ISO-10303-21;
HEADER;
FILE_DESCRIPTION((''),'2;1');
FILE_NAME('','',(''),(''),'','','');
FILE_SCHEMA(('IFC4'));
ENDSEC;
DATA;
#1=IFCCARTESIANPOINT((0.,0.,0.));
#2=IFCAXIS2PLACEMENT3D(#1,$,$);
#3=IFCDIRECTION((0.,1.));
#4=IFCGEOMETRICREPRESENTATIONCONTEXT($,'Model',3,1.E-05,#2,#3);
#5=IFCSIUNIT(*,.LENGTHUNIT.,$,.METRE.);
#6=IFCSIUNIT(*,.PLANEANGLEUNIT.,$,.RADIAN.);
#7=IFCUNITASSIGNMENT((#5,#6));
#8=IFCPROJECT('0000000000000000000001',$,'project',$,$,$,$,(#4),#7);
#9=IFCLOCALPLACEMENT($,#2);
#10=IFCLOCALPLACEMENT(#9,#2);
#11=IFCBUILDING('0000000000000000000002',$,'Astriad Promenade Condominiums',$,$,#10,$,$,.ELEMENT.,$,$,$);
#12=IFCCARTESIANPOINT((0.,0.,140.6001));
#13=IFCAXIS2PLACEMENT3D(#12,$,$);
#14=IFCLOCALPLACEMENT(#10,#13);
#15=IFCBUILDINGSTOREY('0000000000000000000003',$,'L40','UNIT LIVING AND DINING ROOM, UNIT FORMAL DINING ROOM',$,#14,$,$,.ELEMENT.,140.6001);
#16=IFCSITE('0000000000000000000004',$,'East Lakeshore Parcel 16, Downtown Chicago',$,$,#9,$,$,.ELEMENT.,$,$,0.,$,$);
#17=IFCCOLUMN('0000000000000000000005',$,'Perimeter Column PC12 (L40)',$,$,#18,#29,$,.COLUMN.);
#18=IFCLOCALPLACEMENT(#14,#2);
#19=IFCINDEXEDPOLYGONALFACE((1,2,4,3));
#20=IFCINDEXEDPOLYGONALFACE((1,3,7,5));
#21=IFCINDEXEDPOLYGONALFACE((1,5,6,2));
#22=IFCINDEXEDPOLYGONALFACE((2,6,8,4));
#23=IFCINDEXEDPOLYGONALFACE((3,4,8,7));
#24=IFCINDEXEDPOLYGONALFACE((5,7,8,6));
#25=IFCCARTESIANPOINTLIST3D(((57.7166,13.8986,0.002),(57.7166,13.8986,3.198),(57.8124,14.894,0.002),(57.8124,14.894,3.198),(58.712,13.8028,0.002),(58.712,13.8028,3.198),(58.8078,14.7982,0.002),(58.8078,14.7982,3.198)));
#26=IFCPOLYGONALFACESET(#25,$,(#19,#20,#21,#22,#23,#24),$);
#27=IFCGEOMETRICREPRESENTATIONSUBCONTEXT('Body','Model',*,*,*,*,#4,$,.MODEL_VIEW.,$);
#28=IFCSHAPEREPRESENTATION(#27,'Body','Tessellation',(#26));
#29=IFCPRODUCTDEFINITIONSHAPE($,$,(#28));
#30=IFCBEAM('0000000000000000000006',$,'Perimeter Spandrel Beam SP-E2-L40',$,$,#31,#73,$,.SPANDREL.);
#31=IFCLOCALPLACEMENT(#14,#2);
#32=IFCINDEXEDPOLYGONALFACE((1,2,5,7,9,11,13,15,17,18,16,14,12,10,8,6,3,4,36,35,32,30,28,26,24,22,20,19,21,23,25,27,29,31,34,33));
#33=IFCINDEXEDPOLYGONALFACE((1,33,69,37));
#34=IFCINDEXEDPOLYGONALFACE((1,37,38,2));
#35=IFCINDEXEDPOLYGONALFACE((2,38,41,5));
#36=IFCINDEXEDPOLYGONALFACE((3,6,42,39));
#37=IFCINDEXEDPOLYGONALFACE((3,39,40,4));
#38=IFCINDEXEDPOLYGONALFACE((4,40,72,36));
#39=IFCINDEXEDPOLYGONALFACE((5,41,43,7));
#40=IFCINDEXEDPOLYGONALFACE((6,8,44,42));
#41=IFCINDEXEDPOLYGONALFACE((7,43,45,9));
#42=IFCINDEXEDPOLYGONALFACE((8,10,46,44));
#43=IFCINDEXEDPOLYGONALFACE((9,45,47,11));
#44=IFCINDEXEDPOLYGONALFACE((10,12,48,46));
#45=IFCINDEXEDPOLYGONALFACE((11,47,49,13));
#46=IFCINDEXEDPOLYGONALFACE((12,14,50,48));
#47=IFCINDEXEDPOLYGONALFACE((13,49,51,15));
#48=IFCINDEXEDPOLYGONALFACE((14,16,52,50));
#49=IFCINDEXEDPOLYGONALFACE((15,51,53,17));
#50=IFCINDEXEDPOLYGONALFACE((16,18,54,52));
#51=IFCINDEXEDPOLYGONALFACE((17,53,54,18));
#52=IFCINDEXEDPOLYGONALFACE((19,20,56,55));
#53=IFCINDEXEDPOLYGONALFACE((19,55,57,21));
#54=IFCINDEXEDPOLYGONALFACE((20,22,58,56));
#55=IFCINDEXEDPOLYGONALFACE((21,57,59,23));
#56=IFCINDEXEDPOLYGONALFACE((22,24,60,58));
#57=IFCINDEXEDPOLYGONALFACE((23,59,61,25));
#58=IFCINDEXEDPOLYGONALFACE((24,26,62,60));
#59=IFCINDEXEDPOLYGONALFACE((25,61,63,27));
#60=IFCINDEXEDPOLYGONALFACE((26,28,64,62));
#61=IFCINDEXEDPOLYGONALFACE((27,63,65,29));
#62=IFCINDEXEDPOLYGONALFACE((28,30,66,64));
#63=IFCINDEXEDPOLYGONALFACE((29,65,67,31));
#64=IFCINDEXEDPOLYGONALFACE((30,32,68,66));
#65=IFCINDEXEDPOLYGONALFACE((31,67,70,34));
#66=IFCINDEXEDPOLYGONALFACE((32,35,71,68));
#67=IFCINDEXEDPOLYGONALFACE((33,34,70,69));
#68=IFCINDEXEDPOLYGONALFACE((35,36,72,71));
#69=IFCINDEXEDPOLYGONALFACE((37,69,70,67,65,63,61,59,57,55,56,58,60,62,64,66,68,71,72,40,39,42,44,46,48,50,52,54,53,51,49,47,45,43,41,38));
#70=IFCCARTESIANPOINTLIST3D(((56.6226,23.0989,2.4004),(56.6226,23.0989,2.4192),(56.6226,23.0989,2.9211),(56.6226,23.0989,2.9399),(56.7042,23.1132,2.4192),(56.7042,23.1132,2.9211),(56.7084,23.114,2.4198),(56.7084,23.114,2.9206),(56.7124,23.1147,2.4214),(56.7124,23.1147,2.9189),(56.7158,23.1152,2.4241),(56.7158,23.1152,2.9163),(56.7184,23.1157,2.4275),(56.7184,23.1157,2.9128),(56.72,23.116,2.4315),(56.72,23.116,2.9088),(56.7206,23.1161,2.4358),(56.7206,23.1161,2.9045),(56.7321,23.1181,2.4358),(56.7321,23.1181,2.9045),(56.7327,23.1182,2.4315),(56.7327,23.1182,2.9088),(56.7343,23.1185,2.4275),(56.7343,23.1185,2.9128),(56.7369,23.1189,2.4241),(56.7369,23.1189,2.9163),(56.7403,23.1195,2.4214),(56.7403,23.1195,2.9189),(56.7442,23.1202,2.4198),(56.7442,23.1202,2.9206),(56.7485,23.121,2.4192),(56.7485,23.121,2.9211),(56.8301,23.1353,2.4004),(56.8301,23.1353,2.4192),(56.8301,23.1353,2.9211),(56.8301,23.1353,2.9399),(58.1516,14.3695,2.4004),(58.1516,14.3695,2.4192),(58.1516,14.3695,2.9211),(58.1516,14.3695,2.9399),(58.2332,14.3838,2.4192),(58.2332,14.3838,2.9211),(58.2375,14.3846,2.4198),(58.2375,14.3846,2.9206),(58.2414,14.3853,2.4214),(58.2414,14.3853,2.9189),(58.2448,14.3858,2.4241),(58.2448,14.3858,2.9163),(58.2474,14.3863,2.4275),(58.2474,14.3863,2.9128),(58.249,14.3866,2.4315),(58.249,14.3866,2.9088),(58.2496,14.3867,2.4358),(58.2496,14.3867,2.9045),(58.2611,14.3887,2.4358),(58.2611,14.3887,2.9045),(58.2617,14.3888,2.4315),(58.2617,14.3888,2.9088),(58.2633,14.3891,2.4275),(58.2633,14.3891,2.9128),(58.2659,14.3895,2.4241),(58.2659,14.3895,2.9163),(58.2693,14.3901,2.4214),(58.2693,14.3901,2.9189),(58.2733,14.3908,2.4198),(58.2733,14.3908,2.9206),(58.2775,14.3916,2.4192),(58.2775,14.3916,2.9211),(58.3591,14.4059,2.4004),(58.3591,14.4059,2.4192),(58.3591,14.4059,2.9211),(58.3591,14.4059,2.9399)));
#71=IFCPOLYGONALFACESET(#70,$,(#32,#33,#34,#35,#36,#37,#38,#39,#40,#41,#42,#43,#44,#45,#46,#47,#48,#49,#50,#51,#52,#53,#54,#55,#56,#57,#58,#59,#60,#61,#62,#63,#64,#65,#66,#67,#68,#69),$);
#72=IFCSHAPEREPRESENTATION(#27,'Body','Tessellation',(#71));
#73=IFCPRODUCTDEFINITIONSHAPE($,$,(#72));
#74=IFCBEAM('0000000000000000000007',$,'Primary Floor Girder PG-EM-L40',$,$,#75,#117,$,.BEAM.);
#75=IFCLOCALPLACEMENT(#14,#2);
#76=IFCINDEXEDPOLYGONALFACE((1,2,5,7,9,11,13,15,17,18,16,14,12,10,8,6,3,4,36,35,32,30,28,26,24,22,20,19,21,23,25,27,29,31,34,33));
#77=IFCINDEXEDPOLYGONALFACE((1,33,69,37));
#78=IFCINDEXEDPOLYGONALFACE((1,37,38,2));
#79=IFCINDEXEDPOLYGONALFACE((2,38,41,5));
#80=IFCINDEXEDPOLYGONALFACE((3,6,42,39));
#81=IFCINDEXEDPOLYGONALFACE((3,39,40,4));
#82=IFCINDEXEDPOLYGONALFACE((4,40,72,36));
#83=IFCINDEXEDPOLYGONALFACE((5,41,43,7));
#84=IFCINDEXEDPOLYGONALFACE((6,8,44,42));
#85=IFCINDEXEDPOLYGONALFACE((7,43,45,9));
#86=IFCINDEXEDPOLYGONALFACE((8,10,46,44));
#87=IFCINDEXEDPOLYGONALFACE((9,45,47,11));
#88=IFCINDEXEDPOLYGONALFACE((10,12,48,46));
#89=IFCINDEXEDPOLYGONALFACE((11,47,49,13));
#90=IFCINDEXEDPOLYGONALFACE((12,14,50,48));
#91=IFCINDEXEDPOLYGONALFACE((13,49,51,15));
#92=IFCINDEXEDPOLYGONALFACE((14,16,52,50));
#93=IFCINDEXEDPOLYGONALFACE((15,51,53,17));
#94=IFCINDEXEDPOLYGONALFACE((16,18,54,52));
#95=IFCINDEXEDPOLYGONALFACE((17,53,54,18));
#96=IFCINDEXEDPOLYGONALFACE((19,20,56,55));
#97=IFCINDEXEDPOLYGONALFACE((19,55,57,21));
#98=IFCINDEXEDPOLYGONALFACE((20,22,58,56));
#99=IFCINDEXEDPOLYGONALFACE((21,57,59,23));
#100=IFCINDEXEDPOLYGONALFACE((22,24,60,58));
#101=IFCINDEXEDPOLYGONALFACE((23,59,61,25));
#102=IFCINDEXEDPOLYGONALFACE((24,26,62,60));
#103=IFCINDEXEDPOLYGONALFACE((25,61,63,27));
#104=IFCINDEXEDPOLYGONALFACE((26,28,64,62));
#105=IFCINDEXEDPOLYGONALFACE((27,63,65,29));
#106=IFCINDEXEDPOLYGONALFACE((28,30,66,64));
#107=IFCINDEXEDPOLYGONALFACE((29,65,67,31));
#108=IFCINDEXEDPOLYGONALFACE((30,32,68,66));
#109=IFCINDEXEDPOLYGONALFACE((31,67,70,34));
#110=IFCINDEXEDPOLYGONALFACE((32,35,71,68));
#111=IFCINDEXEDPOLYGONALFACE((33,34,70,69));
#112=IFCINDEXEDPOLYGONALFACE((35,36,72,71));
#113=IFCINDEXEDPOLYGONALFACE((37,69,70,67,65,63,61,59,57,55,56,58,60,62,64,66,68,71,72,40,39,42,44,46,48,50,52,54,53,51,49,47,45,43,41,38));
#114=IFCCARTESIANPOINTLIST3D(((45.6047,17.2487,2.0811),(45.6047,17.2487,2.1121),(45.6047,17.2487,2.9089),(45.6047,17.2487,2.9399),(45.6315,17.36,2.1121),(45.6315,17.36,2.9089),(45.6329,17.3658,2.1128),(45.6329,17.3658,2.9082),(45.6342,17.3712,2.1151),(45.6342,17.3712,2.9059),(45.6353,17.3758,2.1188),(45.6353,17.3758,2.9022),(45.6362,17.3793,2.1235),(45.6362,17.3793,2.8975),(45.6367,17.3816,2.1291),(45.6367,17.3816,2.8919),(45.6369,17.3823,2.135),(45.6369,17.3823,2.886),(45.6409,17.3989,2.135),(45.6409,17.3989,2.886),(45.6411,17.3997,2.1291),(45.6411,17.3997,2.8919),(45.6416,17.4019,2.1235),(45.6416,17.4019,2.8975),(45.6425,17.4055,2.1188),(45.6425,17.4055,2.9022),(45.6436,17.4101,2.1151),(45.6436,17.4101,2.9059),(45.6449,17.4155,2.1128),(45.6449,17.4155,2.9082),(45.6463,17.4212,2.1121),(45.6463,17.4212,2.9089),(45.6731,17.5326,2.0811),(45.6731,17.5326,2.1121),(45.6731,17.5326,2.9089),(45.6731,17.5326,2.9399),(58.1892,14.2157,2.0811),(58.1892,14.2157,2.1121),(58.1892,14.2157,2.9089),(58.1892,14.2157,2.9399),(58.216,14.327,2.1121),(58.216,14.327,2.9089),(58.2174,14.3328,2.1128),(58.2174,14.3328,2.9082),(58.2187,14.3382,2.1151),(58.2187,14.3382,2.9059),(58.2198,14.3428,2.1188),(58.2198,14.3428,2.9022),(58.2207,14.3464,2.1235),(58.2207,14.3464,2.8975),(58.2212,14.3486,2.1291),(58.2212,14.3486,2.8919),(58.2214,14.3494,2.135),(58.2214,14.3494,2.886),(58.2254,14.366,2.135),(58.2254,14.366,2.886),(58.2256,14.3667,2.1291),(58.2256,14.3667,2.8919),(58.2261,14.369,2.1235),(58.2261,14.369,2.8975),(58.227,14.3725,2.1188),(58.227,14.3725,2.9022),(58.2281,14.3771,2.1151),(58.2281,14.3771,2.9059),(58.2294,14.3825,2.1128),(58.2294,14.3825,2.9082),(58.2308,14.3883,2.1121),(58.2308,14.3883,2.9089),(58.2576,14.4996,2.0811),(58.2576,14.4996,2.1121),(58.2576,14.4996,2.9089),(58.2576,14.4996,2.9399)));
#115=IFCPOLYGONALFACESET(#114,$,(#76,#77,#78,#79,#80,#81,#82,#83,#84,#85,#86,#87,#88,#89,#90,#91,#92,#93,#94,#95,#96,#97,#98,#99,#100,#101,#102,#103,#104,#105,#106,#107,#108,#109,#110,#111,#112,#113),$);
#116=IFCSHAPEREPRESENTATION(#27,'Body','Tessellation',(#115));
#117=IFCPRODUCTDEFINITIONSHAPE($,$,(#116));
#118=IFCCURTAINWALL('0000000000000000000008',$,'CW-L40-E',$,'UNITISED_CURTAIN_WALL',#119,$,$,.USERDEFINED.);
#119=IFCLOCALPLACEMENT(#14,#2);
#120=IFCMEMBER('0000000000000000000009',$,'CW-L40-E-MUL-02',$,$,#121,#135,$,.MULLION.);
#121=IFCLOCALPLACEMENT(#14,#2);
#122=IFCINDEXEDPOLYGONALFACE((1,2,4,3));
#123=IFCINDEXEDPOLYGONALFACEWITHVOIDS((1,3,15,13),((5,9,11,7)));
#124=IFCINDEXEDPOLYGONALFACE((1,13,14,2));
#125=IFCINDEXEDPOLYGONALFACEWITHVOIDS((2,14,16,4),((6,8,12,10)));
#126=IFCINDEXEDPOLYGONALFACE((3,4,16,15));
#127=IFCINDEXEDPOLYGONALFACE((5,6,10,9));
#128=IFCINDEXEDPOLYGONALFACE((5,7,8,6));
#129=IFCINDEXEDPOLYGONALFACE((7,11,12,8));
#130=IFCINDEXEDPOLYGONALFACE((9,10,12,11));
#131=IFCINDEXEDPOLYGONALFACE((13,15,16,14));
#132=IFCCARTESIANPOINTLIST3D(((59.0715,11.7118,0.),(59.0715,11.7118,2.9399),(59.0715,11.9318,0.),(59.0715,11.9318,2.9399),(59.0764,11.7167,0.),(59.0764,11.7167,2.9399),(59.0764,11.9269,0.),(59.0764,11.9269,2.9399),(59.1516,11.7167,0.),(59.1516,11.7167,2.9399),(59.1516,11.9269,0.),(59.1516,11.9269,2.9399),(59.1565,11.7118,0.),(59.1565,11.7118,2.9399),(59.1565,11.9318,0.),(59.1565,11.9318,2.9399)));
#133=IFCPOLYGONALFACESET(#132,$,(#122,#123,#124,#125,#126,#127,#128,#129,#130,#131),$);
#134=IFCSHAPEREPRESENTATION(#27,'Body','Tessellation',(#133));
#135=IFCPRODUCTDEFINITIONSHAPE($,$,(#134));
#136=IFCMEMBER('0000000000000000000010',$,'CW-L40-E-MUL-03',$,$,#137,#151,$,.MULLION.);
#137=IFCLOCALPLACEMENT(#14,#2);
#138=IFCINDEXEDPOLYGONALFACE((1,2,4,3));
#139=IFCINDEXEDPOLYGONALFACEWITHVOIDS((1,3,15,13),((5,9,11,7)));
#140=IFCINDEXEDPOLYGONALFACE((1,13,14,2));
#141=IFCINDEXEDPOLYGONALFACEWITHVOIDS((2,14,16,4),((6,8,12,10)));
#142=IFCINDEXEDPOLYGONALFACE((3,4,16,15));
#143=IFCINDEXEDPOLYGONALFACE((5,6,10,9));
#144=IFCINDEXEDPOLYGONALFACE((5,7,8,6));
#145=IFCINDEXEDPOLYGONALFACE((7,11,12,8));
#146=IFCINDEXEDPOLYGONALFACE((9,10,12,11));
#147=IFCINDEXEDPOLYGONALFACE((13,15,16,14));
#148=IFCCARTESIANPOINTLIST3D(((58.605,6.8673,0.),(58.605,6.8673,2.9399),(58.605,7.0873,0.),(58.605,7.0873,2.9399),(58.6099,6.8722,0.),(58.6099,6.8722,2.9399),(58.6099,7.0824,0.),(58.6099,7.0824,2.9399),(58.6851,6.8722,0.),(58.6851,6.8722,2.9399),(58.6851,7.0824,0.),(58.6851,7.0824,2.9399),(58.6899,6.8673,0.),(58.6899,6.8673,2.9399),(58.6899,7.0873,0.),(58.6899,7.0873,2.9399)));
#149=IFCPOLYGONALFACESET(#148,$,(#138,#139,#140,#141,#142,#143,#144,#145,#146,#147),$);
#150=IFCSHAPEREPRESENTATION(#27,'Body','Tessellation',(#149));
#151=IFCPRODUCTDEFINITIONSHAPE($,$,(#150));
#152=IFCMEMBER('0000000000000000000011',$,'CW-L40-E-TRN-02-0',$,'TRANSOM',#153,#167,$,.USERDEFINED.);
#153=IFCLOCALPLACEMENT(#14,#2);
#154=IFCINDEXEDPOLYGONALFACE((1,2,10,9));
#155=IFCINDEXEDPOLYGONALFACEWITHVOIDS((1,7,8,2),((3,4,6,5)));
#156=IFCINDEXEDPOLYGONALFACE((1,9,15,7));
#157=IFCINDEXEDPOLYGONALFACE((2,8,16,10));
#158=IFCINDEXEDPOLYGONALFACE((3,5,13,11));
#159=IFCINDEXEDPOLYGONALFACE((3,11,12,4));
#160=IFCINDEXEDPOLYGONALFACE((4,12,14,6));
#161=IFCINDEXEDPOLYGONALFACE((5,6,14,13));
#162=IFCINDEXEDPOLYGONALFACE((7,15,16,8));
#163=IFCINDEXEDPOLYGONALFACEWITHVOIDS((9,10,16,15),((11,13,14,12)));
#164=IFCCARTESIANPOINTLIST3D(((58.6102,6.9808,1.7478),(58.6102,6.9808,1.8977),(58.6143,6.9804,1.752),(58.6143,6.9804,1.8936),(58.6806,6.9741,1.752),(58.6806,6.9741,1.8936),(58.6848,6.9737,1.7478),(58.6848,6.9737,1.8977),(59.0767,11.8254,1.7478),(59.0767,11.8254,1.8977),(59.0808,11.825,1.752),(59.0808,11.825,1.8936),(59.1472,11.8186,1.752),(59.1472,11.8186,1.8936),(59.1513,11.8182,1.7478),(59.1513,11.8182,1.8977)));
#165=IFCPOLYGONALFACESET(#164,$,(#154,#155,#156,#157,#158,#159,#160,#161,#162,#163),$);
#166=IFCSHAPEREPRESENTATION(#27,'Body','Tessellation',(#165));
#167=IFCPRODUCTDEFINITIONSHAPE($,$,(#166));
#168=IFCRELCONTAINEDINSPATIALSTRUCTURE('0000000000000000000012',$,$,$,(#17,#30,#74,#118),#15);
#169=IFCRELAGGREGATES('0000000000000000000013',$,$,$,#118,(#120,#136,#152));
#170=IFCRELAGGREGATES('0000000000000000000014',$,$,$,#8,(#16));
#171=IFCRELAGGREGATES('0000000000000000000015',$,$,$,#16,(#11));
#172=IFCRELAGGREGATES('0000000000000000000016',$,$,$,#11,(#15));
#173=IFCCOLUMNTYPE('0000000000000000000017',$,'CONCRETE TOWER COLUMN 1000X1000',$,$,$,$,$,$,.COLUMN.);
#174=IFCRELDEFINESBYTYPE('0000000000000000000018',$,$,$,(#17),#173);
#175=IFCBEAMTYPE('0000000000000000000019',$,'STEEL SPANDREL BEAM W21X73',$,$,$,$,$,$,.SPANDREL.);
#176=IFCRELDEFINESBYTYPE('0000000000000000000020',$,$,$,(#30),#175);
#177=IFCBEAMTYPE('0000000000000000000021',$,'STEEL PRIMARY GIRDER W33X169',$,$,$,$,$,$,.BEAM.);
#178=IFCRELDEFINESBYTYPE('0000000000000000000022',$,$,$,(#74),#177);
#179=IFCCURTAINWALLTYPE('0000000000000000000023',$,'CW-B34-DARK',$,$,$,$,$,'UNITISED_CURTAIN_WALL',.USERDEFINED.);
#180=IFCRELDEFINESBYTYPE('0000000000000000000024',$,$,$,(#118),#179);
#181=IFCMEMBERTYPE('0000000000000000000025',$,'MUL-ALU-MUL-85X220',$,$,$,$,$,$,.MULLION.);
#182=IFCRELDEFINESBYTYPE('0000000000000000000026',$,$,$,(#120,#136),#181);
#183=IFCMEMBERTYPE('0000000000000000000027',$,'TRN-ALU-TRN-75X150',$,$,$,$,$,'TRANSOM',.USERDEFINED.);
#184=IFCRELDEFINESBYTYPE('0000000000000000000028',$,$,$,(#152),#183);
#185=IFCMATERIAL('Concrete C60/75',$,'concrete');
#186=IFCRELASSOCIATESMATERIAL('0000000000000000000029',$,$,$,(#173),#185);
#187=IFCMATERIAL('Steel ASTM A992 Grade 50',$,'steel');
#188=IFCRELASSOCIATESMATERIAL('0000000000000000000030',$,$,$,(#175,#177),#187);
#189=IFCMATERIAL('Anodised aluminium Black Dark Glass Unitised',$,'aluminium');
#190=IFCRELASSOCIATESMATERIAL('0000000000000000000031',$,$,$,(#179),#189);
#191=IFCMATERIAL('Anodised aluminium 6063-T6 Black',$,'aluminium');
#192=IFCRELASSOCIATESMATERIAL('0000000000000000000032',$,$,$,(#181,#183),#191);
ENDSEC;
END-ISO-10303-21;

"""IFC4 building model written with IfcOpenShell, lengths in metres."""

from ifc_helpers import new_model, si_unit, direction, frame, origin, origin_2d, place, context, subcontext, project, spatial, rectangle, hollow_rectangle, i_section, extrude, source, transform, mapped, material, material_profile, profile_set, type_object, type_shapes, element, aggregate, save


model = new_model("IFC4")

# Units and contexts
model_context = context("Model", 3, precision=1e-05, world=origin(), true_north=direction((0.0, 1.0)))
body_context = subcontext(model_context, "Body", "Model", "MODEL_VIEW")
ifc_project = project(units=[si_unit("LENGTHUNIT", "METRE"), si_unit("PLANEANGLEUNIT", "RADIAN")], contexts=[model_context])

# Site, building, storey
site_placement = place(None, origin())
site = spatial("IfcSite", under=ifc_project, at=site_placement, Name="East Lakeshore Parcel 16, Downtown Chicago", CompositionType="ELEMENT", RefElevation=0.0)
building_placement = place(site_placement, origin())
building = spatial("IfcBuilding", under=site, at=building_placement, Name="Astriad Promenade Condominiums", CompositionType="ELEMENT")
storey_placement = place(building_placement, frame((0.0, 0.0, 140.6001)))
storey = spatial("IfcBuildingStorey", under=building, at=storey_placement, Name="L40", Description="UNIT LIVING AND DINING ROOM, UNIT FORMAL DINING ROOM", CompositionType="ELEMENT", Elevation=140.6001)

# Column
ifc_material_1 = material(Name="Concrete C60/75", Category="concrete")
ifc_material_profile_1 = material_profile(ifc_material_1, rectangle(XDim=1.0, YDim=1.0, at=origin_2d()), Name="RC-COL-1000X1000")
ifc_profile_set_1 = profile_set([ifc_material_profile_1], Name="Concrete C60/75")
column_type = type_object("IfcColumnType", Name="CONCRETE TOWER COLUMN 1000X1000", PredefinedType="COLUMN", material=ifc_profile_set_1)
shared_shape_1 = source(origin(), body_context, "Body", "SweptSolid", [
    extrude(rectangle(XDim=1.0, YDim=1.0, at=origin_2d()), origin(), (0.0, 0.0, 1.0), 3.196),
])
type_shapes(column_type, [shared_shape_1])
column_placement = place(storey_placement, frame((58.2622, 14.3484, 0.002), z_axis=(0.0, 0.0, 1.0), x_axis=(0.995396, -0.095846, 0.0)))
element("IfcColumn", 1, at=column_placement, inside=storey, type_object=column_type, Name="Perimeter Column PC12 (L40)", PredefinedType="COLUMN", context=body_context, shape_type="MappedRepresentation", body=[
    mapped(shared_shape_1, transform((0.0, 0.0, 0.0), scale=1.0)),
])

# Beams
ifc_material_2 = material(Name="Steel ASTM A992 Grade 50", Category="steel")
ifc_material_profile_2 = material_profile(ifc_material_2, i_section(OverallWidth=0.2107, OverallDepth=0.5396, WebThickness=0.0117, FlangeThickness=0.0188, FilletRadius=0.0166, at=origin_2d()), Name="W21X73")
ifc_profile_set_2 = profile_set([ifc_material_profile_2], Name="Steel ASTM A992 Grade 50")
beam_type_1 = type_object("IfcBeamType", Name="STEEL SPANDREL BEAM W21X73", PredefinedType="SPANDREL", material=ifc_profile_set_2)
shared_shape_2 = source(origin(), body_context, "Body", "SweptSolid", [
    extrude(i_section(OverallWidth=0.2107, OverallDepth=0.5396, WebThickness=0.0117, FlangeThickness=0.0188, FilletRadius=0.0166, at=origin_2d()), origin(), (0.0, 0.0, 1.0), 8.8623),
])
type_shapes(beam_type_1, [shared_shape_2])
beam_1_placement = place(storey_placement, frame((58.2554, 14.3877, 2.6702), z_axis=(-0.172533, 0.985004, 0.0), x_axis=(-0.985004, -0.172533, 0.0)))
element("IfcBeam", 2, at=beam_1_placement, inside=storey, type_object=beam_type_1, Name="Perimeter Spandrel Beam SP-E2-L40", PredefinedType="SPANDREL", context=body_context, shape_type="MappedRepresentation", body=[
    mapped(shared_shape_2, transform((0.0, 0.0, 0.0), scale=1.0)),
])
ifc_material_profile_3 = material_profile(ifc_material_2, i_section(OverallWidth=0.292, OverallDepth=0.8589, WebThickness=0.0171, FlangeThickness=0.031, FilletRadius=0.0229, at=origin_2d()), Name="W33X169")
ifc_profile_set_3 = profile_set([ifc_material_profile_3], Name="Steel ASTM A992 Grade 50")
beam_type_2 = type_object("IfcBeamType", Name="STEEL PRIMARY GIRDER W33X169", PredefinedType="BEAM", material=ifc_profile_set_3)
shared_shape_3 = source(origin(), body_context, "Body", "SweptSolid", [
    extrude(i_section(OverallWidth=0.292, OverallDepth=0.8589, WebThickness=0.0171, FlangeThickness=0.031, FilletRadius=0.0229, at=origin_2d()), origin(), (0.0, 0.0, 1.0), 12.9448),
])
type_shapes(beam_type_2, [shared_shape_3])
beam_2_placement = place(storey_placement, frame((58.2234, 14.3577, 2.5105), z_axis=(-0.972164, 0.234299, 0.0), x_axis=(-0.234299, -0.972164, 0.0)))
element("IfcBeam", 3, at=beam_2_placement, inside=storey, type_object=beam_type_2, Name="Primary Floor Girder PG-EM-L40", PredefinedType="BEAM", context=body_context, shape_type="MappedRepresentation", body=[
    mapped(shared_shape_3, transform((0.0, 0.0, 0.0), scale=1.0)),
])

# Curtain wall, members
ifc_material_3 = material(Name="Anodised aluminium Black Dark Glass Unitised", Category="aluminium")
curtain_wall_type = type_object("IfcCurtainWallType", Name="CW-B34-DARK", ElementType="UNITISED_CURTAIN_WALL", PredefinedType="USERDEFINED", material=ifc_material_3)
curtain_wall_placement = place(storey_placement, origin())
curtain_wall = element("IfcCurtainWall", 4, at=curtain_wall_placement, inside=storey, type_object=curtain_wall_type, Name="CW-L40-E", ObjectType="UNITISED_CURTAIN_WALL", PredefinedType="USERDEFINED")
ifc_material_4 = material(Name="Anodised aluminium 6063-T6 Black", Category="aluminium")
ifc_material_profile_4 = material_profile(ifc_material_4, hollow_rectangle(XDim=0.085, YDim=0.22, WallThickness=0.0049, at=origin_2d()), Name="ALU-MUL-85X220")
ifc_profile_set_4 = profile_set([ifc_material_profile_4], Name="Anodised aluminium 6063-T6 Black")
member_type_1 = type_object("IfcMemberType", Name="MUL-ALU-MUL-85X220", PredefinedType="MULLION", material=ifc_profile_set_4)
shared_shape_4 = source(origin(), body_context, "Body", "SweptSolid", [
    extrude(hollow_rectangle(XDim=0.085, YDim=0.22, WallThickness=0.0049, at=origin_2d()), origin(), (0.0, 0.0, 1.0), 2.9399),
])
type_shapes(member_type_1, [shared_shape_4])
member_1_placement = place(storey_placement, frame((59.114, 11.8218, 0.0), z_axis=(0.0, 0.0, 1.0), x_axis=(1.0, 0.0, 0.0)))
member_1 = element("IfcMember", 5, at=member_1_placement, type_object=member_type_1, Name="CW-L40-E-MUL-02", PredefinedType="MULLION", context=body_context, shape_type="MappedRepresentation", body=[
    mapped(shared_shape_4, transform((0.0, 0.0, 0.0), scale=1.0)),
])
member_2_placement = place(storey_placement, frame((58.6475, 6.9773, 0.0), z_axis=(0.0, 0.0, 1.0), x_axis=(1.0, 0.0, 0.0)))
member_2 = element("IfcMember", 6, at=member_2_placement, type_object=member_type_1, Name="CW-L40-E-MUL-03", PredefinedType="MULLION", context=body_context, shape_type="MappedRepresentation", body=[
    mapped(shared_shape_4, transform((0.0, 0.0, 0.0), scale=1.0)),
])
ifc_material_profile_5 = material_profile(ifc_material_4, hollow_rectangle(XDim=0.075, YDim=0.1499, WallThickness=0.0042, at=origin_2d()), Name="ALU-TRN-75X150")
ifc_profile_set_5 = profile_set([ifc_material_profile_5], Name="Anodised aluminium 6063-T6 Black")
member_type_2 = type_object("IfcMemberType", Name="TRN-ALU-TRN-75X150", ElementType="TRANSOM", PredefinedType="USERDEFINED", material=ifc_profile_set_5)
shared_shape_5 = source(origin(), body_context, "Body", "SweptSolid", [
    extrude(hollow_rectangle(XDim=0.075, YDim=0.1499, WallThickness=0.0042, at=origin_2d()), origin(), (0.0, 0.0, 1.0), 4.8669),
])
type_shapes(member_type_2, [shared_shape_5])
member_3_placement = place(storey_placement, frame((59.114, 11.8218, 1.8228), z_axis=(-0.095862, -0.995395, 0.0), x_axis=(0.995395, -0.095862, 0.0)))
member_3 = element("IfcMember", 7, at=member_3_placement, type_object=member_type_2, Name="CW-L40-E-TRN-02-0", ObjectType="TRANSOM", PredefinedType="USERDEFINED", context=body_context, shape_type="MappedRepresentation", body=[
    mapped(shared_shape_5, transform((0.0, 0.0, 0.0), scale=1.0)),
])
aggregate(curtain_wall, [member_1, member_2, member_3])

save(model, "model.ifc")
